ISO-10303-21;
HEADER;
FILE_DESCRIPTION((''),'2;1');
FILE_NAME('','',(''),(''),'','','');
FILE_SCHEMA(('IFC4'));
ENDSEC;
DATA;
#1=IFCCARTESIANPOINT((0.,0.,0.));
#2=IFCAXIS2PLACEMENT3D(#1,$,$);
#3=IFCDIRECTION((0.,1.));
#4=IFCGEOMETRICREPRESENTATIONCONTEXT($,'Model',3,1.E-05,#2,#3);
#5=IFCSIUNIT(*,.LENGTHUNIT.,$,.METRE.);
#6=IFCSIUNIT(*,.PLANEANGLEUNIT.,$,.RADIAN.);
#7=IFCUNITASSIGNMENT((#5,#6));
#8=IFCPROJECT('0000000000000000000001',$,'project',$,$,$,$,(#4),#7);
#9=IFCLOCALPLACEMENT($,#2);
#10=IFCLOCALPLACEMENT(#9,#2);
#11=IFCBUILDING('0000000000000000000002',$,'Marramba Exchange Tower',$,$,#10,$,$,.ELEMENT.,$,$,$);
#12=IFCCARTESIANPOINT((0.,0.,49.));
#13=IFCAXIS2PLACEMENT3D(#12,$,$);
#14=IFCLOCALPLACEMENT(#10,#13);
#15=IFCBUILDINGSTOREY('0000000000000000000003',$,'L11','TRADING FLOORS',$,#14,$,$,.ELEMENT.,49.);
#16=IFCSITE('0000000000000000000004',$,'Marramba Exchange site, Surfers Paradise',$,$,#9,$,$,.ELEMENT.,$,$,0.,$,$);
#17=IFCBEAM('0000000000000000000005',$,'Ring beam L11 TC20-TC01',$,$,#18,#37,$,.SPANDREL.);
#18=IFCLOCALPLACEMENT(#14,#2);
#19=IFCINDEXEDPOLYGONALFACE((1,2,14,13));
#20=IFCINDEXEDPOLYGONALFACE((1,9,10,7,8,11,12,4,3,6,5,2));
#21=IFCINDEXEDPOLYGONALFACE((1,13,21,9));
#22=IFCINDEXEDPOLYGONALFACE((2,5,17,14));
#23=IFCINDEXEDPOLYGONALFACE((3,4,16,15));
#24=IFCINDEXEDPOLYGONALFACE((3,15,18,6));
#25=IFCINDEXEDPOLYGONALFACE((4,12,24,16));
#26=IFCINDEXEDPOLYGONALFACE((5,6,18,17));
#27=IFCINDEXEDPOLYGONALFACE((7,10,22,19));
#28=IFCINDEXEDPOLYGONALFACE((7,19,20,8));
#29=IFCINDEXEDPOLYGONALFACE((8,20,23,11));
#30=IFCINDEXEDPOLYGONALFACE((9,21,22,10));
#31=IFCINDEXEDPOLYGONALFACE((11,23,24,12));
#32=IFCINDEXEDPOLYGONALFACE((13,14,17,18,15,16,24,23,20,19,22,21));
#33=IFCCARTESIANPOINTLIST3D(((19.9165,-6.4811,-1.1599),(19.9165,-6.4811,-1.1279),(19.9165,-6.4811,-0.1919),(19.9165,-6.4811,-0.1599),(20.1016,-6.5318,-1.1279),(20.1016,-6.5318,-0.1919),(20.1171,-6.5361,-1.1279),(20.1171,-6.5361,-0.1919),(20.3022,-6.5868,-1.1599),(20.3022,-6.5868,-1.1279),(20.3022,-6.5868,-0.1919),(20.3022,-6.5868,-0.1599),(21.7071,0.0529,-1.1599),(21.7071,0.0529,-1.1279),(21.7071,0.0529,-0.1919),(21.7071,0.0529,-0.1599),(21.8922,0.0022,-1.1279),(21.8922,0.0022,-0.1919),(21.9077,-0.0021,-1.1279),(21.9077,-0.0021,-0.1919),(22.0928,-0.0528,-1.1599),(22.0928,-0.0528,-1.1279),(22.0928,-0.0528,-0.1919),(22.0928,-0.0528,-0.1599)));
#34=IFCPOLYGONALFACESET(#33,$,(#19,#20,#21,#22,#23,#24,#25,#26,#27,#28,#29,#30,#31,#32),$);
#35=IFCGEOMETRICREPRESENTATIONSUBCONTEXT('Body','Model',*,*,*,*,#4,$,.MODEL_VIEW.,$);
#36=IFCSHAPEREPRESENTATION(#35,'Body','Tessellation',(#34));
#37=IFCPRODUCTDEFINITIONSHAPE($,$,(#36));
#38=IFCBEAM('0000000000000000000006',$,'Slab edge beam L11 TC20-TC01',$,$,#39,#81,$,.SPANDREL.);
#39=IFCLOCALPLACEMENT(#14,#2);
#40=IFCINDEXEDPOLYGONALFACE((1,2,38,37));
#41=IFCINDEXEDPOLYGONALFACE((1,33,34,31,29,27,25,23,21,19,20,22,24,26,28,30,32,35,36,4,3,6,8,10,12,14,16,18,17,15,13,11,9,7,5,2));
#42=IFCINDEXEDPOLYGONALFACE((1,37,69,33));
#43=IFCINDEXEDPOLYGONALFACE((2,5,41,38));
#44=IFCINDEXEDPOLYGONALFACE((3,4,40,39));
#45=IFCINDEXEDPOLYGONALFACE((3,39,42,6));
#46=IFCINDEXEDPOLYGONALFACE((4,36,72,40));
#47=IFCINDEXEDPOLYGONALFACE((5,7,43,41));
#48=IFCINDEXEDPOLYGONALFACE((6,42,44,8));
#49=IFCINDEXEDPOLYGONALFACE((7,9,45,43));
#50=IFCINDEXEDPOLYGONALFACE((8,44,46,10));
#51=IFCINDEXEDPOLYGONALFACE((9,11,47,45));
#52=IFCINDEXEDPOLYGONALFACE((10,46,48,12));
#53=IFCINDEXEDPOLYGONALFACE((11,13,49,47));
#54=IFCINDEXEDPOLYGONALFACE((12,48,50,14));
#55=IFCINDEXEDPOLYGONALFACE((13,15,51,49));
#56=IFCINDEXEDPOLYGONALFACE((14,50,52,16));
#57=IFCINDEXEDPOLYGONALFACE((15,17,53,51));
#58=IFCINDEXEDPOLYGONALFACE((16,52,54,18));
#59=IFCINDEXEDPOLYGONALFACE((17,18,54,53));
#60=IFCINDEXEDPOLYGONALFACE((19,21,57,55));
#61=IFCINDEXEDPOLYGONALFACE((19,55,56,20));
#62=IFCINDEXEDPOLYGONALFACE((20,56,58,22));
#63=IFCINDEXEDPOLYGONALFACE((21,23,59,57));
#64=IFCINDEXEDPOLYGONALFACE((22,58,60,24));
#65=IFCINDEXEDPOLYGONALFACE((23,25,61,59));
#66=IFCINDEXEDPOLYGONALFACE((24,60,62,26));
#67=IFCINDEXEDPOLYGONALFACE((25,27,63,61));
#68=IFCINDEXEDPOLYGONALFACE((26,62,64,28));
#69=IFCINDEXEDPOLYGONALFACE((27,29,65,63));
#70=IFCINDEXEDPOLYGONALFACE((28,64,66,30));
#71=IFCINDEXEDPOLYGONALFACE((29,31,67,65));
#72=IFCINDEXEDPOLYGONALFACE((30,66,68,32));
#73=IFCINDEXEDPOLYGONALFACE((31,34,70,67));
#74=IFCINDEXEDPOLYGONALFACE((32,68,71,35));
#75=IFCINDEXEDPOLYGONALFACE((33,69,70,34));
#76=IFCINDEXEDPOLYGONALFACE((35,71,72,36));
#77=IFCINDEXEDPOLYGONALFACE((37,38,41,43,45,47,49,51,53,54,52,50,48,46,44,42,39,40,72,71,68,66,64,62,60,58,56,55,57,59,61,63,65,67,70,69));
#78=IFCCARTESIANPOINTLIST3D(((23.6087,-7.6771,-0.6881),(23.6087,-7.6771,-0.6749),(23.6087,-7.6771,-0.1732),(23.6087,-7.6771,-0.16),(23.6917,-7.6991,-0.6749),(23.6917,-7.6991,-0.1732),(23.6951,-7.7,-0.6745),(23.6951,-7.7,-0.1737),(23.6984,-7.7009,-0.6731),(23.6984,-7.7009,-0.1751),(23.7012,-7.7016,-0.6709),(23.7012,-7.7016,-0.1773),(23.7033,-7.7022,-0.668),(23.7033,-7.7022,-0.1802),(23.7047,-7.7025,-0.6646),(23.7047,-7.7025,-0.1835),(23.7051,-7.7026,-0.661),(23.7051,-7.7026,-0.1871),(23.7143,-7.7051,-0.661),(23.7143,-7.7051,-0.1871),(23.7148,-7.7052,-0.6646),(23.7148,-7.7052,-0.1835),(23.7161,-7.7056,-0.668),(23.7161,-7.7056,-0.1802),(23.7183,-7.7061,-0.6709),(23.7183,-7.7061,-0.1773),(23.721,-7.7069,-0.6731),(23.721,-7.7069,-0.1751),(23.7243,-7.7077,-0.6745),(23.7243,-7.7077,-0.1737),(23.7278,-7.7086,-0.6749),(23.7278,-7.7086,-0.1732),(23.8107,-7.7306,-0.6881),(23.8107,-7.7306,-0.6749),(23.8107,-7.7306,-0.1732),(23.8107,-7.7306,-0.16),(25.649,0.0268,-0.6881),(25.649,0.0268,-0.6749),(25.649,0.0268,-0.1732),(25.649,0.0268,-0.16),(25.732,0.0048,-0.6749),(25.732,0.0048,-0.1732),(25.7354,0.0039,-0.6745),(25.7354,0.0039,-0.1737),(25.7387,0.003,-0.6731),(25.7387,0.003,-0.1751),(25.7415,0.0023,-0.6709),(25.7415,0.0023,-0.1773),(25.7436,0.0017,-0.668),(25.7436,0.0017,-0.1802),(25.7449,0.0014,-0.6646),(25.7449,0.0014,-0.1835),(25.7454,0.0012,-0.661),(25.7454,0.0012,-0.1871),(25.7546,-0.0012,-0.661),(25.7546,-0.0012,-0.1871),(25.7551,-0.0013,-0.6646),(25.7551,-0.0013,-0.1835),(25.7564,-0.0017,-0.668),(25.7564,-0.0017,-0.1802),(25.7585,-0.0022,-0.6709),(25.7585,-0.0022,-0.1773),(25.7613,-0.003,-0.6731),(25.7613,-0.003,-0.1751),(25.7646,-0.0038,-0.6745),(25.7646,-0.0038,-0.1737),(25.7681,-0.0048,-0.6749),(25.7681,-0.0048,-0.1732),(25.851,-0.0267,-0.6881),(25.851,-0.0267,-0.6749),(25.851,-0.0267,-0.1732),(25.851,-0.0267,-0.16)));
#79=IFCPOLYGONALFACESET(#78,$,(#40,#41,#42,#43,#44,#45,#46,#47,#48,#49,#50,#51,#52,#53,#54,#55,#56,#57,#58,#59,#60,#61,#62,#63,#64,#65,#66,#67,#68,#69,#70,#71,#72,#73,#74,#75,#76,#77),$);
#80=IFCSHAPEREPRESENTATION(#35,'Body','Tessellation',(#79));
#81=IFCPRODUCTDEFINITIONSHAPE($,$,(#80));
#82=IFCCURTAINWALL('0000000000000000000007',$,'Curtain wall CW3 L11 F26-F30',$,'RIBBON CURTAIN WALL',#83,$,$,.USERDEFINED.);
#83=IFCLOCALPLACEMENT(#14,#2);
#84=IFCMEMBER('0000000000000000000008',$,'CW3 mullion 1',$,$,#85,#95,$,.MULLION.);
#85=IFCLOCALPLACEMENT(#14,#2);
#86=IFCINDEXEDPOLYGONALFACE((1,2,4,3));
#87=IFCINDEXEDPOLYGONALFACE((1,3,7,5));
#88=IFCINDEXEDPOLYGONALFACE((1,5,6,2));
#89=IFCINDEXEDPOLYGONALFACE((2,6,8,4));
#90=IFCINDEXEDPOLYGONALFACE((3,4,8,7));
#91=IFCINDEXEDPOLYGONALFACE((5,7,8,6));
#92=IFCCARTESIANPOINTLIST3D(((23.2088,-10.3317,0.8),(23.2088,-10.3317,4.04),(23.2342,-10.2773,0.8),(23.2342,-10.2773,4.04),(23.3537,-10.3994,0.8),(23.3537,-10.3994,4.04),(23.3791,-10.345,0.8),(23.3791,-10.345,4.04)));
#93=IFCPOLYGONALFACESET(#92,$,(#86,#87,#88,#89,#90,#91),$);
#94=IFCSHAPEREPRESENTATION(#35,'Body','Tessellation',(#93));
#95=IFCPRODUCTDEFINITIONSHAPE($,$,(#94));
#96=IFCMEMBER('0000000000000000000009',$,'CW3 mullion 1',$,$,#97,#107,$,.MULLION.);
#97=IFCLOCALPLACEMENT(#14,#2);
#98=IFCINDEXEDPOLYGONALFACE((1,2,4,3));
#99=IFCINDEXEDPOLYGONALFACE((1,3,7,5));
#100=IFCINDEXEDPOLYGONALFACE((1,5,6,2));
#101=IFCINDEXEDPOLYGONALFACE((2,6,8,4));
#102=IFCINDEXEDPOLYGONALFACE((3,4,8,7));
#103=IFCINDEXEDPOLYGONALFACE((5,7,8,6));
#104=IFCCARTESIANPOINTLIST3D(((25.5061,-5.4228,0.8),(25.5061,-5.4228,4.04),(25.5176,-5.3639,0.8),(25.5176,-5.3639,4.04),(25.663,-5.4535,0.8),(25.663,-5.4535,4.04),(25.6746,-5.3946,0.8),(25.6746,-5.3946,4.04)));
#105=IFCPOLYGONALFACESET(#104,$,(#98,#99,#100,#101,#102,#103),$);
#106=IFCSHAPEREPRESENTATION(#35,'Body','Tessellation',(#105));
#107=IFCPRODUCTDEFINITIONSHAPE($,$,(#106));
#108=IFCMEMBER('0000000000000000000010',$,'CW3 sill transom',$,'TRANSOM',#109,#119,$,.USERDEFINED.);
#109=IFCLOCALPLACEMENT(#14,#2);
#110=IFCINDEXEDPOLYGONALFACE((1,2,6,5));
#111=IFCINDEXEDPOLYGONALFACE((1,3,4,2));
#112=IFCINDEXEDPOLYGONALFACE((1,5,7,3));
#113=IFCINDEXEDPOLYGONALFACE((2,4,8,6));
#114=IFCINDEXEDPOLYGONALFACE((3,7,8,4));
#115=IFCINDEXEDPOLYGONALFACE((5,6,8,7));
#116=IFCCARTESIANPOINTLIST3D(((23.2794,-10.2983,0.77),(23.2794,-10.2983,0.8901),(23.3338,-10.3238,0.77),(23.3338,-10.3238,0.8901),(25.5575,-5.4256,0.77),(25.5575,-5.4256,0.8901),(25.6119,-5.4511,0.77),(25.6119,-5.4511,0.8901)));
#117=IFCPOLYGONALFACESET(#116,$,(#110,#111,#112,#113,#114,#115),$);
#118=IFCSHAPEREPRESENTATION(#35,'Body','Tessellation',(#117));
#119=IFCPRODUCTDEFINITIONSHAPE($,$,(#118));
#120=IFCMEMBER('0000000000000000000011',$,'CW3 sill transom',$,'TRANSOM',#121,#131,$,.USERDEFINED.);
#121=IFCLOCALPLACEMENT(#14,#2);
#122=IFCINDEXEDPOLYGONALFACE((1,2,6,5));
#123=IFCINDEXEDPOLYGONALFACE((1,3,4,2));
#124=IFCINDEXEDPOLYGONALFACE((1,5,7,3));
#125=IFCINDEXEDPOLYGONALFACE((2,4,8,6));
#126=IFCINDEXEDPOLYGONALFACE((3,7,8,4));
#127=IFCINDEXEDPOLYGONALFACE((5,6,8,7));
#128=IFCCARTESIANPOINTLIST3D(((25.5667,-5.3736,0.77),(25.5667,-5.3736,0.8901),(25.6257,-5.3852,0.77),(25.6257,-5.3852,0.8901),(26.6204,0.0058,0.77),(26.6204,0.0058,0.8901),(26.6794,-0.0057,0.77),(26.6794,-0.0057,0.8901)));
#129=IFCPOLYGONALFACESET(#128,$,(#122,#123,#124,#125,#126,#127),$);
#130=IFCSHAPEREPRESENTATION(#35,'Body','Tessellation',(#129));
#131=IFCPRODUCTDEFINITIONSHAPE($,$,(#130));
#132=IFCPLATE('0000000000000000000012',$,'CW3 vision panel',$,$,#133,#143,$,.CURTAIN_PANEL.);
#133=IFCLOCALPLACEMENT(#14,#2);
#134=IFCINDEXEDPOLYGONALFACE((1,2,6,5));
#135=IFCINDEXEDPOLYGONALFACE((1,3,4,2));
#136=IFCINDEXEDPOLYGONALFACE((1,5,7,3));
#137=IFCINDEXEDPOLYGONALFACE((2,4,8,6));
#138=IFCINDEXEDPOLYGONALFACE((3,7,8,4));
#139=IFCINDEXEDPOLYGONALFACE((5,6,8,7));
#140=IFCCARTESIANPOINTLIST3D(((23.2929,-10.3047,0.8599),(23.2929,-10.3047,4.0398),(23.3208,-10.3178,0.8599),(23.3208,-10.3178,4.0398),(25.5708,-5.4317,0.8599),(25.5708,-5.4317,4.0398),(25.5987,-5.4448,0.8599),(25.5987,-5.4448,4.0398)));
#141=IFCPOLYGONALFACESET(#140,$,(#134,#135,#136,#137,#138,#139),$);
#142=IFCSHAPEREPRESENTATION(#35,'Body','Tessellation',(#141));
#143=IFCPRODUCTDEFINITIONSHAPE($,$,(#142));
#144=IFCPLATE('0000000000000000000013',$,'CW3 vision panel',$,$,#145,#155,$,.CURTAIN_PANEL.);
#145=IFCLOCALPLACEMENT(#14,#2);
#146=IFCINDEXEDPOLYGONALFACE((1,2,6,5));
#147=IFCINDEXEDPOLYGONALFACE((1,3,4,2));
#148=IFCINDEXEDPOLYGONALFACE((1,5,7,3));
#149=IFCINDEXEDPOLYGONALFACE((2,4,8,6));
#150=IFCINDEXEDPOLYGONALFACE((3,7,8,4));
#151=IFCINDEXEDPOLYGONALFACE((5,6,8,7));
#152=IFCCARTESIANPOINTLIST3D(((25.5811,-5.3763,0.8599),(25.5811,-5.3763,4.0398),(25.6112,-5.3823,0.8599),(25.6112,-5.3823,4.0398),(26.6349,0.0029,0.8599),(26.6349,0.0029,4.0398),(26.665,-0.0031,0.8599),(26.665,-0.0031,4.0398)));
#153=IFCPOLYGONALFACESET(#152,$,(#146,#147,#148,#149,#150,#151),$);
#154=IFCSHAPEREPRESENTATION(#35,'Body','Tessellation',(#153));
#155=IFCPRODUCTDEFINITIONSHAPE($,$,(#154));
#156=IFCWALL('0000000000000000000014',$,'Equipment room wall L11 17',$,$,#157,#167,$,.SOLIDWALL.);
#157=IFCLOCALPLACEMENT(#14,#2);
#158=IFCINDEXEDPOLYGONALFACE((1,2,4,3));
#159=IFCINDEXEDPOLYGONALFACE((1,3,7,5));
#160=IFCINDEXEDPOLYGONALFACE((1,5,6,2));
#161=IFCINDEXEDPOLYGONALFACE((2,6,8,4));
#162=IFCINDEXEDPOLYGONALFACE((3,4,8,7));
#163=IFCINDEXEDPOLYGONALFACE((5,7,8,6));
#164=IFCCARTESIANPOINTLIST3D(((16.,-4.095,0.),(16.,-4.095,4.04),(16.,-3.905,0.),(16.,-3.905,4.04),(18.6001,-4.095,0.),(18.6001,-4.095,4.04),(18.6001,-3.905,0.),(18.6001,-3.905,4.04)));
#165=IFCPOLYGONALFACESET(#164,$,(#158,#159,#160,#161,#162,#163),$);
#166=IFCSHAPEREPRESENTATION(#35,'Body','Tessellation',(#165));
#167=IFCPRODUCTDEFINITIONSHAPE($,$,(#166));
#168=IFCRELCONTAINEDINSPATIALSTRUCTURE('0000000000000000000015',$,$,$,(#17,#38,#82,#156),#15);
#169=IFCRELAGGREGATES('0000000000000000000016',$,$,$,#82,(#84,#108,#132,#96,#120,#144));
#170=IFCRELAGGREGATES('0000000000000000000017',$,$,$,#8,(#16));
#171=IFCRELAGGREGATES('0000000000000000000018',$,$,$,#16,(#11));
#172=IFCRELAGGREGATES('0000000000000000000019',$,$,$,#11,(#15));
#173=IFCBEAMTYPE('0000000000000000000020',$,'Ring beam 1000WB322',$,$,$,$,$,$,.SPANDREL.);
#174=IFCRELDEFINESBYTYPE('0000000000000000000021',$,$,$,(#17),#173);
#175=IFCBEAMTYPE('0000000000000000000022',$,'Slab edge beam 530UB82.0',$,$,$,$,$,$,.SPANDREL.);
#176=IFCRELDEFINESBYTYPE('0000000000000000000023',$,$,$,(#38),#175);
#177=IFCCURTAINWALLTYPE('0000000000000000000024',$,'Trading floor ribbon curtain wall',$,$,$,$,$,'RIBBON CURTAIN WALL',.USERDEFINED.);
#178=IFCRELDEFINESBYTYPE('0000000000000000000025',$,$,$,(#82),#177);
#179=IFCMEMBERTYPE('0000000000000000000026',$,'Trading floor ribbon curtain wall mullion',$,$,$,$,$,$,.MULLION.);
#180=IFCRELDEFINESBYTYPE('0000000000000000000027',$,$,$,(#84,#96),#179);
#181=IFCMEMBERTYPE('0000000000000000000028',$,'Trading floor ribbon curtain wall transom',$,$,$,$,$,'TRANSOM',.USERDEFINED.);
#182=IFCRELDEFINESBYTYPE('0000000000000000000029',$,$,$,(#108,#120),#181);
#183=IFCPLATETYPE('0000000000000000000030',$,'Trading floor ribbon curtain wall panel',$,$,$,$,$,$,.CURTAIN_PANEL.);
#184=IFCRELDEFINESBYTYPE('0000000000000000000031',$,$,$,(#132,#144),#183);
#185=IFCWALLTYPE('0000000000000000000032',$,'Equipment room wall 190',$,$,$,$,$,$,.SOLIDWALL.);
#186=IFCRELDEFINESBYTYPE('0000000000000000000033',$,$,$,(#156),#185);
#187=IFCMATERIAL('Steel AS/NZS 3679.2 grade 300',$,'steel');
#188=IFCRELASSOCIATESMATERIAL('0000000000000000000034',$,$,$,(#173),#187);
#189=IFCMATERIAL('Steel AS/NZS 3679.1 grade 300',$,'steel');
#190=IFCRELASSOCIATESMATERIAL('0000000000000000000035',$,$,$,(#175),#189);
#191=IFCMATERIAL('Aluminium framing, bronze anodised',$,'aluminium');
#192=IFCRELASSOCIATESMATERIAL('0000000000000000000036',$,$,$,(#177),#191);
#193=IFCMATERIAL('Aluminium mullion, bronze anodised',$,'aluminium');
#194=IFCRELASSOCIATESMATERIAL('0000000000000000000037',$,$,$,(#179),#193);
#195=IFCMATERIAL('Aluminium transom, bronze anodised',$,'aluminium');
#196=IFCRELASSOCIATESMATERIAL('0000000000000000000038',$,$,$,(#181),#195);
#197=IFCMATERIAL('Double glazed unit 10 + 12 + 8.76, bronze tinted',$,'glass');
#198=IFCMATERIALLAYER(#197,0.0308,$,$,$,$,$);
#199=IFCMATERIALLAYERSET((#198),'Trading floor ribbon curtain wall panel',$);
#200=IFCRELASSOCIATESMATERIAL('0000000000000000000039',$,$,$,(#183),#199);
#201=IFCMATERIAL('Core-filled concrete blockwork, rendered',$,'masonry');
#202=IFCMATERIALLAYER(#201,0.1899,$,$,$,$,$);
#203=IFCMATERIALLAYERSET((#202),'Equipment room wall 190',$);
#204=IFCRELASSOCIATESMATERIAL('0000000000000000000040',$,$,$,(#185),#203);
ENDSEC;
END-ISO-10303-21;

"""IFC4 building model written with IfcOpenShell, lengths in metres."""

from ifc_helpers import new_model, si_unit, direction, frame, frame_2d, origin, origin_2d, place, context, subcontext, project, spatial, rectangle, i_section, extrude, material, layer, layer_set, material_profile, profile_set, type_object, element, aggregate, save


model = new_model("IFC4")

# Units and contexts
model_context = context("Model", 3, precision=1e-05, world=origin(), true_north=direction((0.0, 1.0)))
body_context = subcontext(model_context, "Body", "Model", "MODEL_VIEW")
ifc_project = project(units=[si_unit("LENGTHUNIT", "METRE"), si_unit("PLANEANGLEUNIT", "RADIAN")], contexts=[model_context])

# Site, building, storey
site_placement = place(None, origin())
site = spatial("IfcSite", under=ifc_project, at=site_placement, Name="Marramba Exchange site, Surfers Paradise", CompositionType="ELEMENT", RefElevation=0.0)
building_placement = place(site_placement, origin())
building = spatial("IfcBuilding", under=site, at=building_placement, Name="Marramba Exchange Tower", CompositionType="ELEMENT")
storey_placement = place(building_placement, frame((0.0, 0.0, 49.0)))
storey = spatial("IfcBuildingStorey", under=building, at=storey_placement, Name="L11", Description="TRADING FLOORS", CompositionType="ELEMENT", Elevation=49.0)

# Beams
ifc_material_1 = material(Name="Steel AS/NZS 3679.2 grade 300", Category="steel")
ifc_material_2 = material(Name="Steel AS/NZS 3679.1 grade 300", Category="steel")
ifc_material_profile_1 = material_profile(ifc_material_1, i_section(OverallWidth=0.3999, OverallDepth=1.0, WebThickness=0.0161, FlangeThickness=0.032, at=origin_2d()), Name="1000WB322")
ifc_profile_set_1 = profile_set([ifc_material_profile_1], Name="Steel AS/NZS 3679.2 grade 300")
beam_type_1 = type_object("IfcBeamType", Name="Ring beam 1000WB322", PredefinedType="SPANDREL", material=ifc_profile_set_1)
beam_1_placement = place(storey_placement, frame((20.1094, -6.5339, -0.6599), z_axis=(0.264291, 0.964443, 0.0), x_axis=(-0.964443, 0.264291, 0.0)))
element("IfcBeam", 1, at=beam_1_placement, inside=storey, type_object=beam_type_1, Name="Ring beam L11 TC20-TC01", PredefinedType="SPANDREL", context=body_context, shape_type="SweptSolid", body=[
    extrude(i_section(OverallWidth=0.3999, OverallDepth=1.0, WebThickness=0.0161, FlangeThickness=0.032, at=origin_2d()), origin(), (0.0, 0.0, 1.0), 6.7749),
])
ifc_material_profile_2 = material_profile(ifc_material_2, i_section(OverallWidth=0.209, OverallDepth=0.5281, WebThickness=0.0095, FlangeThickness=0.0132, FilletRadius=0.0139, at=origin_2d()), Name="530UB82.0")
ifc_profile_set_2 = profile_set([ifc_material_profile_2], Name="Steel AS/NZS 3679.1 grade 300")
beam_type_2 = type_object("IfcBeamType", Name="Slab edge beam 530UB82.0", PredefinedType="SPANDREL", material=ifc_profile_set_2)
beam_2_placement = place(storey_placement, frame((23.7097, -7.7039, -0.4241), z_axis=(0.256013, 0.966673, 0.0), x_axis=(-0.966673, 0.256013, 0.0)))
element("IfcBeam", 2, at=beam_2_placement, inside=storey, type_object=beam_type_2, Name="Slab edge beam L11 TC20-TC01", PredefinedType="SPANDREL", context=body_context, shape_type="SweptSolid", body=[
    extrude(i_section(OverallWidth=0.209, OverallDepth=0.5281, WebThickness=0.0095, FlangeThickness=0.0132, FilletRadius=0.0139, at=origin_2d()), origin(), (0.0, 0.0, 1.0), 7.9695),
])

# Curtain wall, members, plates
ifc_material_3 = material(Name="Aluminium framing, bronze anodised", Category="aluminium")
curtain_wall_type = type_object("IfcCurtainWallType", Name="Trading floor ribbon curtain wall", ElementType="RIBBON CURTAIN WALL", PredefinedType="USERDEFINED", material=ifc_material_3)
curtain_wall_placement = place(storey_placement, origin())
curtain_wall = element("IfcCurtainWall", 3, at=curtain_wall_placement, inside=storey, type_object=curtain_wall_type, Name="Curtain wall CW3 L11 F26-F30", ObjectType="RIBBON CURTAIN WALL", PredefinedType="USERDEFINED")
ifc_material_4 = material(Name="Aluminium mullion, bronze anodised", Category="aluminium")
ifc_material_profile_3 = material_profile(ifc_material_4, rectangle(XDim=0.1599, YDim=0.0601, at=origin_2d()), Name="CW3 mullion 60x160")
ifc_profile_set_3 = profile_set([ifc_material_profile_3], Name="Aluminium mullion, bronze anodised")
member_type_1 = type_object("IfcMemberType", Name="Trading floor ribbon curtain wall mullion", PredefinedType="MULLION", material=ifc_profile_set_3)
member_1_placement = place(storey_placement, frame((23.2939, -10.3384, 0.8), z_axis=(0.0, 0.0, 1.0), x_axis=(-0.905907, 0.423477, 0.0)))
member_1 = element("IfcMember", 4, at=member_1_placement, type_object=member_type_1, Name="CW3 mullion 1", PredefinedType="MULLION", context=body_context, shape_type="SweptSolid", body=[
    extrude(rectangle(XDim=0.1599, YDim=0.0601, at=origin_2d()), origin(), (0.0, 0.0, 1.0), 3.24),
])
member_2_placement = place(storey_placement, frame((25.5903, -5.4087, 0.8), z_axis=(0.0, 0.0, 1.0), x_axis=(-0.981346, 0.192249, 0.0)))
member_2 = element("IfcMember", 5, at=member_2_placement, type_object=member_type_1, Name="CW3 mullion 1", PredefinedType="MULLION", context=body_context, shape_type="SweptSolid", body=[
    extrude(rectangle(XDim=0.1599, YDim=0.0601, at=origin_2d()), origin(), (0.0, 0.0, 1.0), 3.24),
])
ifc_material_5 = material(Name="Aluminium transom, bronze anodised", Category="aluminium")
ifc_material_profile_4 = material_profile(ifc_material_5, rectangle(XDim=0.0601, YDim=0.1201, at=origin_2d()), Name="CW3 transom 60x120")
ifc_profile_set_4 = profile_set([ifc_material_profile_4], Name="Aluminium transom, bronze anodised")
member_type_2 = type_object("IfcMemberType", Name="Trading floor ribbon curtain wall transom", ElementType="TRANSOM", PredefinedType="USERDEFINED", material=ifc_profile_set_4)
member_3_placement = place(storey_placement, frame((23.3066, -10.311, 0.8301), z_axis=(0.423512, 0.905891, 0.0), x_axis=(-0.905891, 0.423512, 0.0)))
member_3 = element("IfcMember", 6, at=member_3_placement, type_object=member_type_2, Name="CW3 sill transom", ObjectType="TRANSOM", PredefinedType="USERDEFINED", context=body_context, shape_type="SweptSolid", body=[
    extrude(rectangle(XDim=0.0601, YDim=0.1201, at=origin_2d()), origin(), (0.0, 0.0, 1.0), 5.3789),
])
member_4_placement = place(storey_placement, frame((25.5962, -5.3794, 0.8301), z_axis=(0.192226, 0.981351, 0.0), x_axis=(-0.981351, 0.192226, 0.0)))
member_4 = element("IfcMember", 7, at=member_4_placement, type_object=member_type_2, Name="CW3 sill transom", ObjectType="TRANSOM", PredefinedType="USERDEFINED", context=body_context, shape_type="SweptSolid", body=[
    extrude(rectangle(XDim=0.0601, YDim=0.1201, at=origin_2d()), origin(), (0.0, 0.0, 1.0), 5.4817),
])
ifc_material_6 = material(Name="Double glazed unit 10 + 12 + 8.76, bronze tinted", Category="glass")
ifc_layer_1 = layer(ifc_material_6, 0.0308)
ifc_layer_set_1 = layer_set([ifc_layer_1], Name="Trading floor ribbon curtain wall panel")
plate_type = type_object("IfcPlateType", Name="Trading floor ribbon curtain wall panel", PredefinedType="CURTAIN_PANEL", material=ifc_layer_set_1)
plate_1_placement = place(storey_placement, frame((24.4458, -7.8748, 0.8599), z_axis=(0.0, 0.0, 1.0), x_axis=(0.423477, 0.905907, 0.0)))
plate_1 = element("IfcPlate", 8, at=plate_1_placement, type_object=plate_type, Name="CW3 vision panel", PredefinedType="CURTAIN_PANEL", context=body_context, shape_type="SweptSolid", body=[
    extrude(rectangle(XDim=5.3792, YDim=0.0308, at=origin_2d()), origin(), (0.0, 0.0, 1.0), 3.1799),
])
plate_2_placement = place(storey_placement, frame((26.123, -2.6897, 0.8599), z_axis=(0.0, 0.0, 1.0), x_axis=(0.192249, 0.981346, 0.0)))
plate_2 = element("IfcPlate", 9, at=plate_2_placement, type_object=plate_type, Name="CW3 vision panel", PredefinedType="CURTAIN_PANEL", context=body_context, shape_type="SweptSolid", body=[
    extrude(rectangle(XDim=5.4814, YDim=0.0308, at=origin_2d()), origin(), (0.0, 0.0, 1.0), 3.1799),
])
aggregate(curtain_wall, [member_1, member_3, plate_1, member_2, member_4, plate_2])

# Wall
ifc_material_7 = material(Name="Core-filled concrete blockwork, rendered", Category="masonry")
ifc_layer_2 = layer(ifc_material_7, 0.1899)
ifc_layer_set_2 = layer_set([ifc_layer_2], Name="Equipment room wall 190")
wall_type_1 = type_object("IfcWallType", Name="Equipment room wall 190", PredefinedType="SOLIDWALL", material=ifc_layer_set_2)
wall_1_placement = place(storey_placement, frame((16.0, -4.0, 0.0), z_axis=(0.0, 0.0, 1.0), x_axis=(1.0, 0.0, 0.0)))
element("IfcWall", 10, at=wall_1_placement, inside=storey, type_object=wall_type_1, Name="Equipment room wall L11 17", PredefinedType="SOLIDWALL", context=body_context, shape_type="SweptSolid", body=[
    extrude(rectangle(XDim=2.6001, YDim=0.1899, at=frame_2d((1.3, 0.0))), origin(), (0.0, 0.0, 1.0), 4.04),
])

save(model, "model.ifc")
